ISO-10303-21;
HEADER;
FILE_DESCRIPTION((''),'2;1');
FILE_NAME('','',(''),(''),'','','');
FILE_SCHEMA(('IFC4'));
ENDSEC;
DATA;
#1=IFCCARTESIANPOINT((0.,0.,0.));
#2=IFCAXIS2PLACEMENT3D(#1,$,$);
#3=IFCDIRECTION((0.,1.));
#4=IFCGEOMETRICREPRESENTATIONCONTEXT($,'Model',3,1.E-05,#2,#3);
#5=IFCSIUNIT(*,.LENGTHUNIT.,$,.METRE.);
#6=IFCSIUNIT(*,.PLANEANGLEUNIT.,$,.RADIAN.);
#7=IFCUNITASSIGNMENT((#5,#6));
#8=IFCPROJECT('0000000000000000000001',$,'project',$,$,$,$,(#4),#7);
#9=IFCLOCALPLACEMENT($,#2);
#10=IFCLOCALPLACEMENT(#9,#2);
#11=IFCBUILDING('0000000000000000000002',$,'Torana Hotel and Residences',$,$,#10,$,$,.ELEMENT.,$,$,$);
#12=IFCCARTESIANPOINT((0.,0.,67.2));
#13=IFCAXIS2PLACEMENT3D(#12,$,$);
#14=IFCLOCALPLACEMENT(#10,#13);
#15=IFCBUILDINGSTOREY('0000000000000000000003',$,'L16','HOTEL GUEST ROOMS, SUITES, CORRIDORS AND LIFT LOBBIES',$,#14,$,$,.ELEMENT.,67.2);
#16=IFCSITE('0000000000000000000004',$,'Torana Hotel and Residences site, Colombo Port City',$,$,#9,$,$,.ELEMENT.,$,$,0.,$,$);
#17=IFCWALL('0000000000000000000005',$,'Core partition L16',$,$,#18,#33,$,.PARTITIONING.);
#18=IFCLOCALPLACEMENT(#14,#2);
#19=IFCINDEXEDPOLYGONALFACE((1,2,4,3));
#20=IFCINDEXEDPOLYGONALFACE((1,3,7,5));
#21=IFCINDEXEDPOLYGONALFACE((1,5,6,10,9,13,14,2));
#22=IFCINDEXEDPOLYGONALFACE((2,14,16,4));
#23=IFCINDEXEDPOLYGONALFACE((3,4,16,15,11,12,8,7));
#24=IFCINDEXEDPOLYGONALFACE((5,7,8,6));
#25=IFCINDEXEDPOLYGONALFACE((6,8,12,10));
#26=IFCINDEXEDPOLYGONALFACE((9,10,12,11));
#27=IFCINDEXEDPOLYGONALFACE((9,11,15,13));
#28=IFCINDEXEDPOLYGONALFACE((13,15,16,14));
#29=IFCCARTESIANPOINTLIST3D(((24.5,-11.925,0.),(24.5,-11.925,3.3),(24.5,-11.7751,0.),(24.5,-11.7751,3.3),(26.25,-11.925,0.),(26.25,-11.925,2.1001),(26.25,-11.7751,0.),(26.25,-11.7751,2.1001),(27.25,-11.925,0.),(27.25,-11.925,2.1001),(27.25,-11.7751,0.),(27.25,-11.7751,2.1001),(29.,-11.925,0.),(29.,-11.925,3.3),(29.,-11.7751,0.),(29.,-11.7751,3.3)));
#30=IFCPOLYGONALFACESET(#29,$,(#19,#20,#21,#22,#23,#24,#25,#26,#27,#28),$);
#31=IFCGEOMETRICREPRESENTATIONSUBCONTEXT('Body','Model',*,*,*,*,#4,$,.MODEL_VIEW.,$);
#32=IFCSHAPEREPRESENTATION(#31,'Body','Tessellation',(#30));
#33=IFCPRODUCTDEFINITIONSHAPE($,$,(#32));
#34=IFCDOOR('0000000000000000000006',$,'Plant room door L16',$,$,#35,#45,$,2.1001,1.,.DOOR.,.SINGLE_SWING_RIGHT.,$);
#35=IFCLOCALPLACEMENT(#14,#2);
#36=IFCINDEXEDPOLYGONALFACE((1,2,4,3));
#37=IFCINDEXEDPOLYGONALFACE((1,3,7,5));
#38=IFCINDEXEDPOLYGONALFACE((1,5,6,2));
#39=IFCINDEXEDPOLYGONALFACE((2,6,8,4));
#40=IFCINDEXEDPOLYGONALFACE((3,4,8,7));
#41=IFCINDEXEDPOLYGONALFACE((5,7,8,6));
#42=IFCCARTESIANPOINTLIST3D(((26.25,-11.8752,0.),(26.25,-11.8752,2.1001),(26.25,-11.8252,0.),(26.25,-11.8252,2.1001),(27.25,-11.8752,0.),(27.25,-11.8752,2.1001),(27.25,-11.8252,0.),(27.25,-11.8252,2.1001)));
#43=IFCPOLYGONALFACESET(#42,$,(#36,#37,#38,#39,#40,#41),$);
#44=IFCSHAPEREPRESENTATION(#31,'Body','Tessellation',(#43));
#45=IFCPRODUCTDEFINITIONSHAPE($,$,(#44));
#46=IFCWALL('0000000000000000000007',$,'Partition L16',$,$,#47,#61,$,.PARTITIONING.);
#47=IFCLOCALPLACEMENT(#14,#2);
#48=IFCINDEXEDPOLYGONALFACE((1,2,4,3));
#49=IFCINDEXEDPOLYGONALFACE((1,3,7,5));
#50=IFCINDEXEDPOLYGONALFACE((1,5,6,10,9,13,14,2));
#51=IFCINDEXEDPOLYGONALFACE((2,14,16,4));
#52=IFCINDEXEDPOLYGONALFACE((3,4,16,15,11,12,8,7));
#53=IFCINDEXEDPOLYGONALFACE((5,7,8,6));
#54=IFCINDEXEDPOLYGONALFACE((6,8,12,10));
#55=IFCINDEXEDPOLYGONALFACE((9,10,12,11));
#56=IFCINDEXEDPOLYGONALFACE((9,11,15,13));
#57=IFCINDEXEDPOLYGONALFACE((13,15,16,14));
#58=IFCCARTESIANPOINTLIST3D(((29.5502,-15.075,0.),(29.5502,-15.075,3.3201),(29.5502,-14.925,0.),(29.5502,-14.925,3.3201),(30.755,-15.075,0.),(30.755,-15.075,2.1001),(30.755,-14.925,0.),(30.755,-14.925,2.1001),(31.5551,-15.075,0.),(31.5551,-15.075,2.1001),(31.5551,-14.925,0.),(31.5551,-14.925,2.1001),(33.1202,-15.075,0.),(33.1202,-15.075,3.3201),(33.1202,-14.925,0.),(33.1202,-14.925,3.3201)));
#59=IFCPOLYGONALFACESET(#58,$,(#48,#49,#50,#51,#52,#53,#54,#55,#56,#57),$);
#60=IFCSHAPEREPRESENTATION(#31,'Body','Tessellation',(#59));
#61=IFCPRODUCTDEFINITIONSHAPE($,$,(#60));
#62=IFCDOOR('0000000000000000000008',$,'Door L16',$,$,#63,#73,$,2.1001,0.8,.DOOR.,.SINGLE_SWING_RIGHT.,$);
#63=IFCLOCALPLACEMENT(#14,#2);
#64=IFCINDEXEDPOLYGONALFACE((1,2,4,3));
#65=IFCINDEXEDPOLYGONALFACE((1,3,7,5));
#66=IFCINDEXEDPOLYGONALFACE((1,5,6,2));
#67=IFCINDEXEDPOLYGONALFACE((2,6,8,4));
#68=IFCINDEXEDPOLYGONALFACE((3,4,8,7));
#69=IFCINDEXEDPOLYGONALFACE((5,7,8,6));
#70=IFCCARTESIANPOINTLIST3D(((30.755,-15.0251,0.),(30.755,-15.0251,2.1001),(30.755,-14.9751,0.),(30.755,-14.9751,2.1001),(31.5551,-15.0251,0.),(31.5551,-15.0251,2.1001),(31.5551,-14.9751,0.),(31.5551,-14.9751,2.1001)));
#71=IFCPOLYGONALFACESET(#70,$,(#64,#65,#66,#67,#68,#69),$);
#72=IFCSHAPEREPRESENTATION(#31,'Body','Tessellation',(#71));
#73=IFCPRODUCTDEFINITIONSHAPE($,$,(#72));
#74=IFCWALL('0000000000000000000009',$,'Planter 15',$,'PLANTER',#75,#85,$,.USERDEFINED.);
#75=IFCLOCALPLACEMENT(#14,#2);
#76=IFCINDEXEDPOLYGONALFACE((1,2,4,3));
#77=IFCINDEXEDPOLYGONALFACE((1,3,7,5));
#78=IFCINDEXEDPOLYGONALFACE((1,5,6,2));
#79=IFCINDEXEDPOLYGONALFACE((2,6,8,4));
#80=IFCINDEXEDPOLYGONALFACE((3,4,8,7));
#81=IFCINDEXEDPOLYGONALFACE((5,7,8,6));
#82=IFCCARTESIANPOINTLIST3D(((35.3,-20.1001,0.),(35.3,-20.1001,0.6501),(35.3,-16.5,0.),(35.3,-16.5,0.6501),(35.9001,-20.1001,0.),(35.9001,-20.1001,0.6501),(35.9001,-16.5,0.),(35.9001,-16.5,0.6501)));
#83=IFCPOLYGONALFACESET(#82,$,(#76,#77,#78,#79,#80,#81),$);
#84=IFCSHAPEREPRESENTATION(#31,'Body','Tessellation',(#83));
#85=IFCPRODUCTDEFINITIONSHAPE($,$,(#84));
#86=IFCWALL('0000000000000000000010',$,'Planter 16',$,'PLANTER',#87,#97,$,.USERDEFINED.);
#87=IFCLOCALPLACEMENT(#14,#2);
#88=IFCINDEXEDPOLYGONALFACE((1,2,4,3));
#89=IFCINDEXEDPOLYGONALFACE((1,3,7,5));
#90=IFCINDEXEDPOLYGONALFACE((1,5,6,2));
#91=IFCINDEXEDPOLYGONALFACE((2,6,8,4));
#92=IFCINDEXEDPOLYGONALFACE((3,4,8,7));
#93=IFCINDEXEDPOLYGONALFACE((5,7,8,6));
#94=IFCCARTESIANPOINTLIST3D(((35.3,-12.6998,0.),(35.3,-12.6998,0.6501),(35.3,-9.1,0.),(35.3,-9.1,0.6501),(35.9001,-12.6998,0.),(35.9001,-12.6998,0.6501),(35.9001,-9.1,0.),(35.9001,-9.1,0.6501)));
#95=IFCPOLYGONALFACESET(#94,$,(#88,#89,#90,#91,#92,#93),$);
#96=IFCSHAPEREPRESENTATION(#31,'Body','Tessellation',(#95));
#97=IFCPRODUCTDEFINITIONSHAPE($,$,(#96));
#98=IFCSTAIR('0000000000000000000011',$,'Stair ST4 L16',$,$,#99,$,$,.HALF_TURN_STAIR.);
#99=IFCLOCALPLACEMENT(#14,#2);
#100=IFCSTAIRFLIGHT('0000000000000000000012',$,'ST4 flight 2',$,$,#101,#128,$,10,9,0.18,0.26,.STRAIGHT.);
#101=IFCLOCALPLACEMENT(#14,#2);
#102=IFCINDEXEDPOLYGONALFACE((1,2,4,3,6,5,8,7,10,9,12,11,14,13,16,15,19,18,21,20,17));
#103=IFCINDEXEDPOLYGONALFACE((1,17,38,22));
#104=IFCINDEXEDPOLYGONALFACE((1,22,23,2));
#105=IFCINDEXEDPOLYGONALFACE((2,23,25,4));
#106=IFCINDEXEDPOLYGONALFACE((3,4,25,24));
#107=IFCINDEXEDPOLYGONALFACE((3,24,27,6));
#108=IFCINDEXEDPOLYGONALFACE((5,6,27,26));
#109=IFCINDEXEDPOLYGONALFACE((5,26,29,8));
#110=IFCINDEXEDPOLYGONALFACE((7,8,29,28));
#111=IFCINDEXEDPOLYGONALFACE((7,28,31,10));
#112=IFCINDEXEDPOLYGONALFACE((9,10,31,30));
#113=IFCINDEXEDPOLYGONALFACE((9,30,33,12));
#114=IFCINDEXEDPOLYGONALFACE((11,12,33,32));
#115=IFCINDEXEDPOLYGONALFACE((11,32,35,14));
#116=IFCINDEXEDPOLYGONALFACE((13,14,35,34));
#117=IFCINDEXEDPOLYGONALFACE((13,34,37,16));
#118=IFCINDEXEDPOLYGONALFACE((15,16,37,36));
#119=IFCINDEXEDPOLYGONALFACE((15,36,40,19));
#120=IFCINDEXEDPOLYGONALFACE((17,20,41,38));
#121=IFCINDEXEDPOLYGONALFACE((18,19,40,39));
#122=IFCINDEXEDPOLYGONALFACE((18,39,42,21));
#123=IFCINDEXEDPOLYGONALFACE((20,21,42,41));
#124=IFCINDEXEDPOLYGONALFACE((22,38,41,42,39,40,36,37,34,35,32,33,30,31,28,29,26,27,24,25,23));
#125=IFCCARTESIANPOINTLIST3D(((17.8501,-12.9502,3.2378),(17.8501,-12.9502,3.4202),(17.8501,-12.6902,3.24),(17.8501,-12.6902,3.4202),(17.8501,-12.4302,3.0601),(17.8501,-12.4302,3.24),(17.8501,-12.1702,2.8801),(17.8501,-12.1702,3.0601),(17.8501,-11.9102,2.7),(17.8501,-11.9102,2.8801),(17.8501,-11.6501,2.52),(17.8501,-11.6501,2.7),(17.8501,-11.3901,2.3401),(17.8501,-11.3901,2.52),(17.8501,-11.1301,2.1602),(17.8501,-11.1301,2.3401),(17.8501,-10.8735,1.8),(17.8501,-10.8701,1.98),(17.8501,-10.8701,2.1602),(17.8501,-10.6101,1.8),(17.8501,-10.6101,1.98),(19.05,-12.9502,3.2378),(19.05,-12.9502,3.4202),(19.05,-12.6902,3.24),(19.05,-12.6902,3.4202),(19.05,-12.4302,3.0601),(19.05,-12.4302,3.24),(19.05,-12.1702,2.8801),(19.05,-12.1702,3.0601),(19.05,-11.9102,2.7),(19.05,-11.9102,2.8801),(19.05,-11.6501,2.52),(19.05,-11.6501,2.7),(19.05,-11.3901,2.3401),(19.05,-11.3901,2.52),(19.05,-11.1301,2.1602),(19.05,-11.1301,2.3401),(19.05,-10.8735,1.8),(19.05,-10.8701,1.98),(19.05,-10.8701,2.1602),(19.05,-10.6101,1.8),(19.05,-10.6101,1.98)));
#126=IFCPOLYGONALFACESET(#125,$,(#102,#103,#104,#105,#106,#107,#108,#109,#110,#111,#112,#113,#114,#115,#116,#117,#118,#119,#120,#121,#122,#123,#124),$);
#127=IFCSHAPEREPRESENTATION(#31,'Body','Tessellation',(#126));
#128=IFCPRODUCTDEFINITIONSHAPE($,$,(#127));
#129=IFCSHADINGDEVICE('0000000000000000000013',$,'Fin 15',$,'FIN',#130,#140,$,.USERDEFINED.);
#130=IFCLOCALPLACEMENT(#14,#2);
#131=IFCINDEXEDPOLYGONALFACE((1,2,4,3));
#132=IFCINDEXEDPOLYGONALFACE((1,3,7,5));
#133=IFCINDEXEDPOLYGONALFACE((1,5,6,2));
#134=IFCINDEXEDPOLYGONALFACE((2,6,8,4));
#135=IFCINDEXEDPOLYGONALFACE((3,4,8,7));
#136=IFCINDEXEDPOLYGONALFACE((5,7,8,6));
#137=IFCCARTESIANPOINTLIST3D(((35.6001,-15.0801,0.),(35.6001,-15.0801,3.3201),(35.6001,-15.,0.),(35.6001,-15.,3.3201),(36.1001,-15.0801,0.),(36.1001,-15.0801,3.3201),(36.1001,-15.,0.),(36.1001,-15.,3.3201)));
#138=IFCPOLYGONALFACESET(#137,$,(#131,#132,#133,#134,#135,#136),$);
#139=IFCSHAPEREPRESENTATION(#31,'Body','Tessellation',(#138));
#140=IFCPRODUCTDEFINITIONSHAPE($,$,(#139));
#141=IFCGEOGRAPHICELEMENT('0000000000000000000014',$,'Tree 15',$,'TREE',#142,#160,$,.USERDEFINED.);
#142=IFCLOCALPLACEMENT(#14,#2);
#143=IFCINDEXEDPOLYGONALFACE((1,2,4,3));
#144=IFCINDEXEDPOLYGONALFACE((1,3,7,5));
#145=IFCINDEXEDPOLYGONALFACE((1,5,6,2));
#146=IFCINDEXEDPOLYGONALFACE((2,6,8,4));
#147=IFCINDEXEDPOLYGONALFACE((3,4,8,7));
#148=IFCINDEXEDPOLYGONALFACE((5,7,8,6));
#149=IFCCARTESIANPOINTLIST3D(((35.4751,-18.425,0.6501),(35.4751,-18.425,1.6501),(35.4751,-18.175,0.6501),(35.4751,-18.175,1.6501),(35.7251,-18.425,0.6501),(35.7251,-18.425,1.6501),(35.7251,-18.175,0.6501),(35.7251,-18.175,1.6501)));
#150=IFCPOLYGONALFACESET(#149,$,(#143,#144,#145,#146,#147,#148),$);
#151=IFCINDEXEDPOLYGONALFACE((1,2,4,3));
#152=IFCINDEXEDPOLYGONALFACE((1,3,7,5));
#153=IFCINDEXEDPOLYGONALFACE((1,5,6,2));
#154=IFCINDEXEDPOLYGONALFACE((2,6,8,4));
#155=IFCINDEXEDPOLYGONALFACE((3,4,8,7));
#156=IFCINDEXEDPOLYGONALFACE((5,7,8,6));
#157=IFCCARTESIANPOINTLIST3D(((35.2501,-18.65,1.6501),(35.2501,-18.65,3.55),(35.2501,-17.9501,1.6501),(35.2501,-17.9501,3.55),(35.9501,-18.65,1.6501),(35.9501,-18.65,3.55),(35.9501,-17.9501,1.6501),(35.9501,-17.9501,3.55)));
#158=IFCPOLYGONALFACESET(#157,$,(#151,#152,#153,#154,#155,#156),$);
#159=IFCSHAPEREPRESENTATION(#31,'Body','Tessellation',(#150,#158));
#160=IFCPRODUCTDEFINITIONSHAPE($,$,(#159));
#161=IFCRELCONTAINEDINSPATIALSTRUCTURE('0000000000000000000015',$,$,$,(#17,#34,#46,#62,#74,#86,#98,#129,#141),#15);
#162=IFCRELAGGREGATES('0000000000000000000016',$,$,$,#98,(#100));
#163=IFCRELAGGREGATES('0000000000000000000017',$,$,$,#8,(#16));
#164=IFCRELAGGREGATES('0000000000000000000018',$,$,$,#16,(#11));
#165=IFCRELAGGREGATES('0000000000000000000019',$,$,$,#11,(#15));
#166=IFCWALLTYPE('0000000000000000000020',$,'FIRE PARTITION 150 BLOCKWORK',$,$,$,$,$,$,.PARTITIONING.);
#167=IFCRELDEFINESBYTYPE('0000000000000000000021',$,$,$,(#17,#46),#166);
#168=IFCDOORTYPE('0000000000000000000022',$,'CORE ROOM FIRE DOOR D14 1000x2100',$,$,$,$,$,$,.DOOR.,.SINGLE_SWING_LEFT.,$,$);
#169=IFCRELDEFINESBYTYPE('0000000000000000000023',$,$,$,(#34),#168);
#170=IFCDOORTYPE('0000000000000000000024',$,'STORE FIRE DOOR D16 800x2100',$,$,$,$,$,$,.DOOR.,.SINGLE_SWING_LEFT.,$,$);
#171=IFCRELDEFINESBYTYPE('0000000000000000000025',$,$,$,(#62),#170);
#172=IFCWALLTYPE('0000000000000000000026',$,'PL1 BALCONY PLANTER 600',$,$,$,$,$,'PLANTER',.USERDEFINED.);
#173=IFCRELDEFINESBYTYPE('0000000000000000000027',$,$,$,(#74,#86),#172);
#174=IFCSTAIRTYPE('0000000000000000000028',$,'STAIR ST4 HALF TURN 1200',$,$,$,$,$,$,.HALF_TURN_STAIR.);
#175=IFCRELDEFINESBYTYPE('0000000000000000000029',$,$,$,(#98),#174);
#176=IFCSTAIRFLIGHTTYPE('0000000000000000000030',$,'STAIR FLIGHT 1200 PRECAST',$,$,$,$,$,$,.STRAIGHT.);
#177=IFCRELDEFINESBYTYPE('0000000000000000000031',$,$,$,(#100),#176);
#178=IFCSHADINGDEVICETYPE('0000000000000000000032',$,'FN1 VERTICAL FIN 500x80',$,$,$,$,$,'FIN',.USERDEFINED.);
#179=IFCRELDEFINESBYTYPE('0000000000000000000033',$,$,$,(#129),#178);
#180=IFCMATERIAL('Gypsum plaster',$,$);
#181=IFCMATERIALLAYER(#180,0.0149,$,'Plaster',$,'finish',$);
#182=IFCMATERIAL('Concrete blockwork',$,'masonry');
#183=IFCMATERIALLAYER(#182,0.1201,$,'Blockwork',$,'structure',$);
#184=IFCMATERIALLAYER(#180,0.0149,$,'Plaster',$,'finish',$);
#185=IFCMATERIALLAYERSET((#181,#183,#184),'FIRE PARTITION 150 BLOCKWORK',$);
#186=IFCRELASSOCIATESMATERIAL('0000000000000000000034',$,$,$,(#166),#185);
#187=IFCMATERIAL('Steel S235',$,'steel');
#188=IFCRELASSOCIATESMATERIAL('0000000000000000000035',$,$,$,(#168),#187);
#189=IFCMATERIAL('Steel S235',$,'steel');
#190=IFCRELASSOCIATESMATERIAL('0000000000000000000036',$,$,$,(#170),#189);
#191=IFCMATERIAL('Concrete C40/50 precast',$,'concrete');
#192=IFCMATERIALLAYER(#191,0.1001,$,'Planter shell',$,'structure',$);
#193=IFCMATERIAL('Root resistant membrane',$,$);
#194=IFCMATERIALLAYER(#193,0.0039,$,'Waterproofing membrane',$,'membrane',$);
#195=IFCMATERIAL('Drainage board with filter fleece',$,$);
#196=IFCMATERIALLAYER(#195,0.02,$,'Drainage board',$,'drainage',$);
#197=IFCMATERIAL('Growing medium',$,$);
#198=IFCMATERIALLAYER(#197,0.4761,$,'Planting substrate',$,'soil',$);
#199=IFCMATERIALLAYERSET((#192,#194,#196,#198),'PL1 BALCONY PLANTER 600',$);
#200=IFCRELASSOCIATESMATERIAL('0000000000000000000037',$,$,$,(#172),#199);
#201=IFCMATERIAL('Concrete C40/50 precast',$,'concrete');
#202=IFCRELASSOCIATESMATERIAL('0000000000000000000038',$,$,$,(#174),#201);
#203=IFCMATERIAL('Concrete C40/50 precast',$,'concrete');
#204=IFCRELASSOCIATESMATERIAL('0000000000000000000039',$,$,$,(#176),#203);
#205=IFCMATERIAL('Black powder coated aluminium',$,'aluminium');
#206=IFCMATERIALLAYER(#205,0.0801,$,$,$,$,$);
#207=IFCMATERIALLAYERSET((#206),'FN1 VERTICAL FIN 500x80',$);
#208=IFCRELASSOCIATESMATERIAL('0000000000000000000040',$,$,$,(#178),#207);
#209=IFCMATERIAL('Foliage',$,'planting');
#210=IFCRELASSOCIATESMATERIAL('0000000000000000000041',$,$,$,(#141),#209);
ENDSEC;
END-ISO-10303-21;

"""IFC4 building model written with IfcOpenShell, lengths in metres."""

from ifc_helpers import new_model, si_unit, direction, frame, frame_2d, origin, origin_2d, place, context, subcontext, project, spatial, polyline, rectangle, outline, extrude, material, layer, layer_set, type_object, element, fill, aggregate, save


model = new_model("IFC4")

# Units and contexts
model_context = context("Model", 3, precision=1e-05, world=origin(), true_north=direction((0.0, 1.0)))
body_context = subcontext(model_context, "Body", "Model", "MODEL_VIEW")
ifc_project = project(units=[si_unit("LENGTHUNIT", "METRE"), si_unit("PLANEANGLEUNIT", "RADIAN")], contexts=[model_context])

# Site, building, storey
site_placement = place(None, origin())
site = spatial("IfcSite", under=ifc_project, at=site_placement, Name="Torana Hotel and Residences site, Colombo Port City", CompositionType="ELEMENT", RefElevation=0.0)
building_placement = place(site_placement, origin())
building = spatial("IfcBuilding", under=site, at=building_placement, Name="Torana Hotel and Residences", CompositionType="ELEMENT")
storey_placement = place(building_placement, frame((0.0, 0.0, 67.2)))
storey = spatial("IfcBuildingStorey", under=building, at=storey_placement, Name="L16", Description="HOTEL GUEST ROOMS, SUITES, CORRIDORS AND LIFT LOBBIES", CompositionType="ELEMENT", Elevation=67.2)

# Walls, openings, doors
ifc_material_1 = material(Name="Gypsum plaster")
ifc_layer_1 = layer(ifc_material_1, 0.0149, Name="Plaster", Category="finish")
ifc_material_2 = material(Name="Concrete blockwork", Category="masonry")
ifc_layer_2 = layer(ifc_material_2, 0.1201, Name="Blockwork", Category="structure")
ifc_layer_3 = layer(ifc_material_1, 0.0149, Name="Plaster", Category="finish")
ifc_layer_set_1 = layer_set([ifc_layer_1, ifc_layer_2, ifc_layer_3], Name="FIRE PARTITION 150 BLOCKWORK")
wall_type_1 = type_object("IfcWallType", Name="FIRE PARTITION 150 BLOCKWORK", PredefinedType="PARTITIONING", material=ifc_layer_set_1)
ifc_material_3 = material(Name="Steel S235", Category="steel")
door_type_1 = type_object("IfcDoorType", Name="CORE ROOM FIRE DOOR D14 1000x2100", OperationType="SINGLE_SWING_LEFT", PredefinedType="DOOR", material=ifc_material_3)
wall_1_placement = place(storey_placement, frame((24.5, -11.8501, 0.0), z_axis=(0.0, 0.0, 1.0), x_axis=(1.0, 0.0, 0.0)))
wall_1 = element("IfcWall", 1, at=wall_1_placement, inside=storey, type_object=wall_type_1, Name="Core partition L16", PredefinedType="PARTITIONING", context=body_context, shape_type="SweptSolid", body=[
    extrude(rectangle(XDim=4.5, YDim=0.1499, at=frame_2d((2.25, 0.0))), origin(), (0.0, 0.0, 1.0), 3.3),
])
opening_1_placement = place(wall_1_placement, frame((1.75, 0.0, 0.0)))
opening_1 = element("IfcOpeningElement", 2, at=opening_1_placement, cuts=wall_1, PredefinedType="OPENING", context=body_context, shape_type="SweptSolid", body=[
    extrude(rectangle(XDim=1.0, YDim=2.1001, at=frame_2d((0.5, 1.05))), frame((0.0, 0.085, 0.0), z_axis=(0.0, -1.0, 0.0), x_axis=(1.0, 0.0, 0.0)), (0.0, 0.0, 1.0), 0.1699),
])
door_1_placement = place(opening_1_placement, origin())
door_1 = element("IfcDoor", 3, at=door_1_placement, inside=storey, type_object=door_type_1, Name="Plant room door L16", OperationType="SINGLE_SWING_RIGHT", OverallHeight=2.1001, OverallWidth=1.0, PredefinedType="DOOR", context=body_context, shape_type="SweptSolid", body=[
    extrude(rectangle(XDim=1.0, YDim=2.1001, at=frame_2d((0.5, 1.05))), frame((0.0, 0.0249, 0.0), z_axis=(0.0, -1.0, 0.0), x_axis=(1.0, 0.0, 0.0)), (0.0, 0.0, 1.0), 0.05),
])
fill(opening_1, door_1)
wall_2_placement = place(storey_placement, frame((29.55, -15.0, 0.0), z_axis=(0.0, 0.0, 1.0), x_axis=(1.0, 0.0, 0.0)))
wall_2 = element("IfcWall", 4, at=wall_2_placement, inside=storey, type_object=wall_type_1, Name="Partition L16", PredefinedType="PARTITIONING", context=body_context, shape_type="SweptSolid", body=[
    extrude(rectangle(XDim=3.5701, YDim=0.1499, at=frame_2d((1.7852, 0.0))), origin(), (0.0, 0.0, 1.0), 3.3201),
])
opening_2_placement = place(wall_2_placement, frame((1.2051, 0.0, 0.0)))
opening_2 = element("IfcOpeningElement", 5, at=opening_2_placement, cuts=wall_2, PredefinedType="OPENING", context=body_context, shape_type="SweptSolid", body=[
    extrude(rectangle(XDim=0.8, YDim=2.1001, at=frame_2d((0.3999, 1.05))), frame((0.0, 0.085, 0.0), z_axis=(0.0, -1.0, 0.0), x_axis=(1.0, 0.0, 0.0)), (0.0, 0.0, 1.0), 0.1699),
])
ifc_material_4 = material(Name="Steel S235", Category="steel")
door_type_2 = type_object("IfcDoorType", Name="STORE FIRE DOOR D16 800x2100", OperationType="SINGLE_SWING_LEFT", PredefinedType="DOOR", material=ifc_material_4)
door_2_placement = place(opening_2_placement, origin())
door_2 = element("IfcDoor", 6, at=door_2_placement, inside=storey, type_object=door_type_2, Name="Door L16", OperationType="SINGLE_SWING_RIGHT", OverallHeight=2.1001, OverallWidth=0.8, PredefinedType="DOOR", context=body_context, shape_type="SweptSolid", body=[
    extrude(rectangle(XDim=0.8, YDim=2.1001, at=frame_2d((0.3999, 1.05))), frame((0.0, 0.0249, 0.0), z_axis=(0.0, -1.0, 0.0), x_axis=(1.0, 0.0, 0.0)), (0.0, 0.0, 1.0), 0.05),
])
fill(opening_2, door_2)

# Walls
ifc_material_5 = material(Name="Concrete C40/50 precast", Category="concrete")
ifc_layer_4 = layer(ifc_material_5, 0.1001, Name="Planter shell", Category="structure")
ifc_material_6 = material(Name="Root resistant membrane")
ifc_layer_5 = layer(ifc_material_6, 0.0039, Name="Waterproofing membrane", Category="membrane")
ifc_material_7 = material(Name="Drainage board with filter fleece")
ifc_layer_6 = layer(ifc_material_7, 0.02, Name="Drainage board", Category="drainage")
ifc_material_8 = material(Name="Growing medium")
ifc_layer_7 = layer(ifc_material_8, 0.4761, Name="Planting substrate", Category="soil")
ifc_layer_set_2 = layer_set([ifc_layer_4, ifc_layer_5, ifc_layer_6, ifc_layer_7], Name="PL1 BALCONY PLANTER 600")
wall_type_2 = type_object("IfcWallType", Name="PL1 BALCONY PLANTER 600", ElementType="PLANTER", PredefinedType="USERDEFINED", material=ifc_layer_set_2)
wall_3_placement = place(storey_placement, frame((35.6001, -16.5, 0.0), z_axis=(0.0, 0.0, 1.0), x_axis=(0.0, -1.0, 0.0)))
element("IfcWall", 7, at=wall_3_placement, inside=storey, type_object=wall_type_2, Name="Planter 15", ObjectType="PLANTER", PredefinedType="USERDEFINED", context=body_context, shape_type="SweptSolid", body=[
    extrude(rectangle(XDim=3.6001, YDim=0.6001, at=frame_2d((1.8, 0.0))), origin(), (0.0, 0.0, 1.0), 0.6501),
])
wall_4_placement = place(storey_placement, frame((35.6001, -9.1001, 0.0), z_axis=(0.0, 0.0, 1.0), x_axis=(0.0, -1.0, 0.0)))
element("IfcWall", 8, at=wall_4_placement, inside=storey, type_object=wall_type_2, Name="Planter 16", ObjectType="PLANTER", PredefinedType="USERDEFINED", context=body_context, shape_type="SweptSolid", body=[
    extrude(rectangle(XDim=3.5999, YDim=0.6001, at=frame_2d((1.7998, 0.0))), origin(), (0.0, 0.0, 1.0), 0.6501),
])

# Stair, stair flight
ifc_material_9 = material(Name="Concrete C40/50 precast", Category="concrete")
stair_type = type_object("IfcStairType", Name="STAIR ST4 HALF TURN 1200", PredefinedType="HALF_TURN_STAIR", material=ifc_material_9)
stair_placement = place(storey_placement, origin())
stair = element("IfcStair", 9, at=stair_placement, inside=storey, type_object=stair_type, Name="Stair ST4 L16", PredefinedType="HALF_TURN_STAIR")
ifc_material_10 = material(Name="Concrete C40/50 precast", Category="concrete")
stair_flight_type = type_object("IfcStairFlightType", Name="STAIR FLIGHT 1200 PRECAST", PredefinedType="STRAIGHT", material=ifc_material_10)
stair_flight_placement = place(storey_placement, frame((18.45, -10.6101, 1.8), z_axis=(0.0, 0.0, 1.0), x_axis=(0.0, -1.0, 0.0)))
stair_flight = element("IfcStairFlight", 10, at=stair_flight_placement, type_object=stair_flight_type, Name="ST4 flight 2", NumberOfRisers=10, NumberOfTreads=9, PredefinedType="STRAIGHT", RiserHeight=0.18, TreadLength=0.26, context=body_context, shape_type="SweptSolid", body=[
    extrude(outline(polyline([(0.0, 0.0), (0.0, 0.1799), (0.26, 0.1799), (0.26, 0.3601), (0.52, 0.3601), (0.52, 0.54), (0.78, 0.54), (0.78, 0.72), (1.04, 0.72), (1.04, 0.8999), (1.3, 0.8999), (1.3, 1.0801), (1.5601, 1.0801), (1.5601, 1.26), (1.8201, 1.26), (1.8201, 1.4399), (2.0801, 1.4399), (2.0801, 1.6201), (2.3401, 1.6201), (2.3401, 1.8), (2.3401, 1.4377), (0.2634, 0.0), (0.0, 0.0)])), frame((0.0, 0.6001, 0.0), z_axis=(0.0, -1.0, 0.0), x_axis=(1.0, 0.0, 0.0)), (0.0, 0.0, 1.0), 1.2),
])
aggregate(stair, [stair_flight])

# Shading device
ifc_material_11 = material(Name="Black powder coated aluminium", Category="aluminium")
ifc_layer_8 = layer(ifc_material_11, 0.0801)
ifc_layer_set_3 = layer_set([ifc_layer_8], Name="FN1 VERTICAL FIN 500x80")
shading_device_type = type_object("IfcShadingDeviceType", Name="FN1 VERTICAL FIN 500x80", ElementType="FIN", PredefinedType="USERDEFINED", material=ifc_layer_set_3)
shading_device_placement = place(storey_placement, frame((35.8501, -15.04, 0.0), z_axis=(0.0, 0.0, 1.0), x_axis=(0.0, -1.0, 0.0)))
element("IfcShadingDevice", 11, at=shading_device_placement, inside=storey, type_object=shading_device_type, Name="Fin 15", ObjectType="FIN", PredefinedType="USERDEFINED", context=body_context, shape_type="SweptSolid", body=[
    extrude(rectangle(XDim=0.0801, YDim=0.5, at=origin_2d()), origin(), (0.0, 0.0, 1.0), 3.3201),
])

# Geographic element
ifc_material_12 = material(Name="Foliage", Category="planting")
for number, where, z_axis, x_axis, name in (
    (12, (35.6001, -18.3, 0.6501), (0.0, 0.0, 1.0), (1.0, 0.0, 0.0), "Tree 15"),
):
    element("IfcGeographicElement", number, at=place(storey_placement, frame(where, z_axis=z_axis, x_axis=x_axis)), inside=storey, material=ifc_material_12, Name=name, ObjectType="TREE", PredefinedType="USERDEFINED", context=body_context, shape_type="SweptSolid", body=[
        extrude(rectangle(XDim=0.25, YDim=0.25, at=origin_2d()), origin(), (0.0, 0.0, 1.0), 1.0),
        extrude(rectangle(XDim=0.7, YDim=0.7, at=origin_2d()), frame((0.0, 0.0, 1.0)), (0.0, 0.0, 1.0), 1.8999),
    ])

save(model, "model.ifc")
